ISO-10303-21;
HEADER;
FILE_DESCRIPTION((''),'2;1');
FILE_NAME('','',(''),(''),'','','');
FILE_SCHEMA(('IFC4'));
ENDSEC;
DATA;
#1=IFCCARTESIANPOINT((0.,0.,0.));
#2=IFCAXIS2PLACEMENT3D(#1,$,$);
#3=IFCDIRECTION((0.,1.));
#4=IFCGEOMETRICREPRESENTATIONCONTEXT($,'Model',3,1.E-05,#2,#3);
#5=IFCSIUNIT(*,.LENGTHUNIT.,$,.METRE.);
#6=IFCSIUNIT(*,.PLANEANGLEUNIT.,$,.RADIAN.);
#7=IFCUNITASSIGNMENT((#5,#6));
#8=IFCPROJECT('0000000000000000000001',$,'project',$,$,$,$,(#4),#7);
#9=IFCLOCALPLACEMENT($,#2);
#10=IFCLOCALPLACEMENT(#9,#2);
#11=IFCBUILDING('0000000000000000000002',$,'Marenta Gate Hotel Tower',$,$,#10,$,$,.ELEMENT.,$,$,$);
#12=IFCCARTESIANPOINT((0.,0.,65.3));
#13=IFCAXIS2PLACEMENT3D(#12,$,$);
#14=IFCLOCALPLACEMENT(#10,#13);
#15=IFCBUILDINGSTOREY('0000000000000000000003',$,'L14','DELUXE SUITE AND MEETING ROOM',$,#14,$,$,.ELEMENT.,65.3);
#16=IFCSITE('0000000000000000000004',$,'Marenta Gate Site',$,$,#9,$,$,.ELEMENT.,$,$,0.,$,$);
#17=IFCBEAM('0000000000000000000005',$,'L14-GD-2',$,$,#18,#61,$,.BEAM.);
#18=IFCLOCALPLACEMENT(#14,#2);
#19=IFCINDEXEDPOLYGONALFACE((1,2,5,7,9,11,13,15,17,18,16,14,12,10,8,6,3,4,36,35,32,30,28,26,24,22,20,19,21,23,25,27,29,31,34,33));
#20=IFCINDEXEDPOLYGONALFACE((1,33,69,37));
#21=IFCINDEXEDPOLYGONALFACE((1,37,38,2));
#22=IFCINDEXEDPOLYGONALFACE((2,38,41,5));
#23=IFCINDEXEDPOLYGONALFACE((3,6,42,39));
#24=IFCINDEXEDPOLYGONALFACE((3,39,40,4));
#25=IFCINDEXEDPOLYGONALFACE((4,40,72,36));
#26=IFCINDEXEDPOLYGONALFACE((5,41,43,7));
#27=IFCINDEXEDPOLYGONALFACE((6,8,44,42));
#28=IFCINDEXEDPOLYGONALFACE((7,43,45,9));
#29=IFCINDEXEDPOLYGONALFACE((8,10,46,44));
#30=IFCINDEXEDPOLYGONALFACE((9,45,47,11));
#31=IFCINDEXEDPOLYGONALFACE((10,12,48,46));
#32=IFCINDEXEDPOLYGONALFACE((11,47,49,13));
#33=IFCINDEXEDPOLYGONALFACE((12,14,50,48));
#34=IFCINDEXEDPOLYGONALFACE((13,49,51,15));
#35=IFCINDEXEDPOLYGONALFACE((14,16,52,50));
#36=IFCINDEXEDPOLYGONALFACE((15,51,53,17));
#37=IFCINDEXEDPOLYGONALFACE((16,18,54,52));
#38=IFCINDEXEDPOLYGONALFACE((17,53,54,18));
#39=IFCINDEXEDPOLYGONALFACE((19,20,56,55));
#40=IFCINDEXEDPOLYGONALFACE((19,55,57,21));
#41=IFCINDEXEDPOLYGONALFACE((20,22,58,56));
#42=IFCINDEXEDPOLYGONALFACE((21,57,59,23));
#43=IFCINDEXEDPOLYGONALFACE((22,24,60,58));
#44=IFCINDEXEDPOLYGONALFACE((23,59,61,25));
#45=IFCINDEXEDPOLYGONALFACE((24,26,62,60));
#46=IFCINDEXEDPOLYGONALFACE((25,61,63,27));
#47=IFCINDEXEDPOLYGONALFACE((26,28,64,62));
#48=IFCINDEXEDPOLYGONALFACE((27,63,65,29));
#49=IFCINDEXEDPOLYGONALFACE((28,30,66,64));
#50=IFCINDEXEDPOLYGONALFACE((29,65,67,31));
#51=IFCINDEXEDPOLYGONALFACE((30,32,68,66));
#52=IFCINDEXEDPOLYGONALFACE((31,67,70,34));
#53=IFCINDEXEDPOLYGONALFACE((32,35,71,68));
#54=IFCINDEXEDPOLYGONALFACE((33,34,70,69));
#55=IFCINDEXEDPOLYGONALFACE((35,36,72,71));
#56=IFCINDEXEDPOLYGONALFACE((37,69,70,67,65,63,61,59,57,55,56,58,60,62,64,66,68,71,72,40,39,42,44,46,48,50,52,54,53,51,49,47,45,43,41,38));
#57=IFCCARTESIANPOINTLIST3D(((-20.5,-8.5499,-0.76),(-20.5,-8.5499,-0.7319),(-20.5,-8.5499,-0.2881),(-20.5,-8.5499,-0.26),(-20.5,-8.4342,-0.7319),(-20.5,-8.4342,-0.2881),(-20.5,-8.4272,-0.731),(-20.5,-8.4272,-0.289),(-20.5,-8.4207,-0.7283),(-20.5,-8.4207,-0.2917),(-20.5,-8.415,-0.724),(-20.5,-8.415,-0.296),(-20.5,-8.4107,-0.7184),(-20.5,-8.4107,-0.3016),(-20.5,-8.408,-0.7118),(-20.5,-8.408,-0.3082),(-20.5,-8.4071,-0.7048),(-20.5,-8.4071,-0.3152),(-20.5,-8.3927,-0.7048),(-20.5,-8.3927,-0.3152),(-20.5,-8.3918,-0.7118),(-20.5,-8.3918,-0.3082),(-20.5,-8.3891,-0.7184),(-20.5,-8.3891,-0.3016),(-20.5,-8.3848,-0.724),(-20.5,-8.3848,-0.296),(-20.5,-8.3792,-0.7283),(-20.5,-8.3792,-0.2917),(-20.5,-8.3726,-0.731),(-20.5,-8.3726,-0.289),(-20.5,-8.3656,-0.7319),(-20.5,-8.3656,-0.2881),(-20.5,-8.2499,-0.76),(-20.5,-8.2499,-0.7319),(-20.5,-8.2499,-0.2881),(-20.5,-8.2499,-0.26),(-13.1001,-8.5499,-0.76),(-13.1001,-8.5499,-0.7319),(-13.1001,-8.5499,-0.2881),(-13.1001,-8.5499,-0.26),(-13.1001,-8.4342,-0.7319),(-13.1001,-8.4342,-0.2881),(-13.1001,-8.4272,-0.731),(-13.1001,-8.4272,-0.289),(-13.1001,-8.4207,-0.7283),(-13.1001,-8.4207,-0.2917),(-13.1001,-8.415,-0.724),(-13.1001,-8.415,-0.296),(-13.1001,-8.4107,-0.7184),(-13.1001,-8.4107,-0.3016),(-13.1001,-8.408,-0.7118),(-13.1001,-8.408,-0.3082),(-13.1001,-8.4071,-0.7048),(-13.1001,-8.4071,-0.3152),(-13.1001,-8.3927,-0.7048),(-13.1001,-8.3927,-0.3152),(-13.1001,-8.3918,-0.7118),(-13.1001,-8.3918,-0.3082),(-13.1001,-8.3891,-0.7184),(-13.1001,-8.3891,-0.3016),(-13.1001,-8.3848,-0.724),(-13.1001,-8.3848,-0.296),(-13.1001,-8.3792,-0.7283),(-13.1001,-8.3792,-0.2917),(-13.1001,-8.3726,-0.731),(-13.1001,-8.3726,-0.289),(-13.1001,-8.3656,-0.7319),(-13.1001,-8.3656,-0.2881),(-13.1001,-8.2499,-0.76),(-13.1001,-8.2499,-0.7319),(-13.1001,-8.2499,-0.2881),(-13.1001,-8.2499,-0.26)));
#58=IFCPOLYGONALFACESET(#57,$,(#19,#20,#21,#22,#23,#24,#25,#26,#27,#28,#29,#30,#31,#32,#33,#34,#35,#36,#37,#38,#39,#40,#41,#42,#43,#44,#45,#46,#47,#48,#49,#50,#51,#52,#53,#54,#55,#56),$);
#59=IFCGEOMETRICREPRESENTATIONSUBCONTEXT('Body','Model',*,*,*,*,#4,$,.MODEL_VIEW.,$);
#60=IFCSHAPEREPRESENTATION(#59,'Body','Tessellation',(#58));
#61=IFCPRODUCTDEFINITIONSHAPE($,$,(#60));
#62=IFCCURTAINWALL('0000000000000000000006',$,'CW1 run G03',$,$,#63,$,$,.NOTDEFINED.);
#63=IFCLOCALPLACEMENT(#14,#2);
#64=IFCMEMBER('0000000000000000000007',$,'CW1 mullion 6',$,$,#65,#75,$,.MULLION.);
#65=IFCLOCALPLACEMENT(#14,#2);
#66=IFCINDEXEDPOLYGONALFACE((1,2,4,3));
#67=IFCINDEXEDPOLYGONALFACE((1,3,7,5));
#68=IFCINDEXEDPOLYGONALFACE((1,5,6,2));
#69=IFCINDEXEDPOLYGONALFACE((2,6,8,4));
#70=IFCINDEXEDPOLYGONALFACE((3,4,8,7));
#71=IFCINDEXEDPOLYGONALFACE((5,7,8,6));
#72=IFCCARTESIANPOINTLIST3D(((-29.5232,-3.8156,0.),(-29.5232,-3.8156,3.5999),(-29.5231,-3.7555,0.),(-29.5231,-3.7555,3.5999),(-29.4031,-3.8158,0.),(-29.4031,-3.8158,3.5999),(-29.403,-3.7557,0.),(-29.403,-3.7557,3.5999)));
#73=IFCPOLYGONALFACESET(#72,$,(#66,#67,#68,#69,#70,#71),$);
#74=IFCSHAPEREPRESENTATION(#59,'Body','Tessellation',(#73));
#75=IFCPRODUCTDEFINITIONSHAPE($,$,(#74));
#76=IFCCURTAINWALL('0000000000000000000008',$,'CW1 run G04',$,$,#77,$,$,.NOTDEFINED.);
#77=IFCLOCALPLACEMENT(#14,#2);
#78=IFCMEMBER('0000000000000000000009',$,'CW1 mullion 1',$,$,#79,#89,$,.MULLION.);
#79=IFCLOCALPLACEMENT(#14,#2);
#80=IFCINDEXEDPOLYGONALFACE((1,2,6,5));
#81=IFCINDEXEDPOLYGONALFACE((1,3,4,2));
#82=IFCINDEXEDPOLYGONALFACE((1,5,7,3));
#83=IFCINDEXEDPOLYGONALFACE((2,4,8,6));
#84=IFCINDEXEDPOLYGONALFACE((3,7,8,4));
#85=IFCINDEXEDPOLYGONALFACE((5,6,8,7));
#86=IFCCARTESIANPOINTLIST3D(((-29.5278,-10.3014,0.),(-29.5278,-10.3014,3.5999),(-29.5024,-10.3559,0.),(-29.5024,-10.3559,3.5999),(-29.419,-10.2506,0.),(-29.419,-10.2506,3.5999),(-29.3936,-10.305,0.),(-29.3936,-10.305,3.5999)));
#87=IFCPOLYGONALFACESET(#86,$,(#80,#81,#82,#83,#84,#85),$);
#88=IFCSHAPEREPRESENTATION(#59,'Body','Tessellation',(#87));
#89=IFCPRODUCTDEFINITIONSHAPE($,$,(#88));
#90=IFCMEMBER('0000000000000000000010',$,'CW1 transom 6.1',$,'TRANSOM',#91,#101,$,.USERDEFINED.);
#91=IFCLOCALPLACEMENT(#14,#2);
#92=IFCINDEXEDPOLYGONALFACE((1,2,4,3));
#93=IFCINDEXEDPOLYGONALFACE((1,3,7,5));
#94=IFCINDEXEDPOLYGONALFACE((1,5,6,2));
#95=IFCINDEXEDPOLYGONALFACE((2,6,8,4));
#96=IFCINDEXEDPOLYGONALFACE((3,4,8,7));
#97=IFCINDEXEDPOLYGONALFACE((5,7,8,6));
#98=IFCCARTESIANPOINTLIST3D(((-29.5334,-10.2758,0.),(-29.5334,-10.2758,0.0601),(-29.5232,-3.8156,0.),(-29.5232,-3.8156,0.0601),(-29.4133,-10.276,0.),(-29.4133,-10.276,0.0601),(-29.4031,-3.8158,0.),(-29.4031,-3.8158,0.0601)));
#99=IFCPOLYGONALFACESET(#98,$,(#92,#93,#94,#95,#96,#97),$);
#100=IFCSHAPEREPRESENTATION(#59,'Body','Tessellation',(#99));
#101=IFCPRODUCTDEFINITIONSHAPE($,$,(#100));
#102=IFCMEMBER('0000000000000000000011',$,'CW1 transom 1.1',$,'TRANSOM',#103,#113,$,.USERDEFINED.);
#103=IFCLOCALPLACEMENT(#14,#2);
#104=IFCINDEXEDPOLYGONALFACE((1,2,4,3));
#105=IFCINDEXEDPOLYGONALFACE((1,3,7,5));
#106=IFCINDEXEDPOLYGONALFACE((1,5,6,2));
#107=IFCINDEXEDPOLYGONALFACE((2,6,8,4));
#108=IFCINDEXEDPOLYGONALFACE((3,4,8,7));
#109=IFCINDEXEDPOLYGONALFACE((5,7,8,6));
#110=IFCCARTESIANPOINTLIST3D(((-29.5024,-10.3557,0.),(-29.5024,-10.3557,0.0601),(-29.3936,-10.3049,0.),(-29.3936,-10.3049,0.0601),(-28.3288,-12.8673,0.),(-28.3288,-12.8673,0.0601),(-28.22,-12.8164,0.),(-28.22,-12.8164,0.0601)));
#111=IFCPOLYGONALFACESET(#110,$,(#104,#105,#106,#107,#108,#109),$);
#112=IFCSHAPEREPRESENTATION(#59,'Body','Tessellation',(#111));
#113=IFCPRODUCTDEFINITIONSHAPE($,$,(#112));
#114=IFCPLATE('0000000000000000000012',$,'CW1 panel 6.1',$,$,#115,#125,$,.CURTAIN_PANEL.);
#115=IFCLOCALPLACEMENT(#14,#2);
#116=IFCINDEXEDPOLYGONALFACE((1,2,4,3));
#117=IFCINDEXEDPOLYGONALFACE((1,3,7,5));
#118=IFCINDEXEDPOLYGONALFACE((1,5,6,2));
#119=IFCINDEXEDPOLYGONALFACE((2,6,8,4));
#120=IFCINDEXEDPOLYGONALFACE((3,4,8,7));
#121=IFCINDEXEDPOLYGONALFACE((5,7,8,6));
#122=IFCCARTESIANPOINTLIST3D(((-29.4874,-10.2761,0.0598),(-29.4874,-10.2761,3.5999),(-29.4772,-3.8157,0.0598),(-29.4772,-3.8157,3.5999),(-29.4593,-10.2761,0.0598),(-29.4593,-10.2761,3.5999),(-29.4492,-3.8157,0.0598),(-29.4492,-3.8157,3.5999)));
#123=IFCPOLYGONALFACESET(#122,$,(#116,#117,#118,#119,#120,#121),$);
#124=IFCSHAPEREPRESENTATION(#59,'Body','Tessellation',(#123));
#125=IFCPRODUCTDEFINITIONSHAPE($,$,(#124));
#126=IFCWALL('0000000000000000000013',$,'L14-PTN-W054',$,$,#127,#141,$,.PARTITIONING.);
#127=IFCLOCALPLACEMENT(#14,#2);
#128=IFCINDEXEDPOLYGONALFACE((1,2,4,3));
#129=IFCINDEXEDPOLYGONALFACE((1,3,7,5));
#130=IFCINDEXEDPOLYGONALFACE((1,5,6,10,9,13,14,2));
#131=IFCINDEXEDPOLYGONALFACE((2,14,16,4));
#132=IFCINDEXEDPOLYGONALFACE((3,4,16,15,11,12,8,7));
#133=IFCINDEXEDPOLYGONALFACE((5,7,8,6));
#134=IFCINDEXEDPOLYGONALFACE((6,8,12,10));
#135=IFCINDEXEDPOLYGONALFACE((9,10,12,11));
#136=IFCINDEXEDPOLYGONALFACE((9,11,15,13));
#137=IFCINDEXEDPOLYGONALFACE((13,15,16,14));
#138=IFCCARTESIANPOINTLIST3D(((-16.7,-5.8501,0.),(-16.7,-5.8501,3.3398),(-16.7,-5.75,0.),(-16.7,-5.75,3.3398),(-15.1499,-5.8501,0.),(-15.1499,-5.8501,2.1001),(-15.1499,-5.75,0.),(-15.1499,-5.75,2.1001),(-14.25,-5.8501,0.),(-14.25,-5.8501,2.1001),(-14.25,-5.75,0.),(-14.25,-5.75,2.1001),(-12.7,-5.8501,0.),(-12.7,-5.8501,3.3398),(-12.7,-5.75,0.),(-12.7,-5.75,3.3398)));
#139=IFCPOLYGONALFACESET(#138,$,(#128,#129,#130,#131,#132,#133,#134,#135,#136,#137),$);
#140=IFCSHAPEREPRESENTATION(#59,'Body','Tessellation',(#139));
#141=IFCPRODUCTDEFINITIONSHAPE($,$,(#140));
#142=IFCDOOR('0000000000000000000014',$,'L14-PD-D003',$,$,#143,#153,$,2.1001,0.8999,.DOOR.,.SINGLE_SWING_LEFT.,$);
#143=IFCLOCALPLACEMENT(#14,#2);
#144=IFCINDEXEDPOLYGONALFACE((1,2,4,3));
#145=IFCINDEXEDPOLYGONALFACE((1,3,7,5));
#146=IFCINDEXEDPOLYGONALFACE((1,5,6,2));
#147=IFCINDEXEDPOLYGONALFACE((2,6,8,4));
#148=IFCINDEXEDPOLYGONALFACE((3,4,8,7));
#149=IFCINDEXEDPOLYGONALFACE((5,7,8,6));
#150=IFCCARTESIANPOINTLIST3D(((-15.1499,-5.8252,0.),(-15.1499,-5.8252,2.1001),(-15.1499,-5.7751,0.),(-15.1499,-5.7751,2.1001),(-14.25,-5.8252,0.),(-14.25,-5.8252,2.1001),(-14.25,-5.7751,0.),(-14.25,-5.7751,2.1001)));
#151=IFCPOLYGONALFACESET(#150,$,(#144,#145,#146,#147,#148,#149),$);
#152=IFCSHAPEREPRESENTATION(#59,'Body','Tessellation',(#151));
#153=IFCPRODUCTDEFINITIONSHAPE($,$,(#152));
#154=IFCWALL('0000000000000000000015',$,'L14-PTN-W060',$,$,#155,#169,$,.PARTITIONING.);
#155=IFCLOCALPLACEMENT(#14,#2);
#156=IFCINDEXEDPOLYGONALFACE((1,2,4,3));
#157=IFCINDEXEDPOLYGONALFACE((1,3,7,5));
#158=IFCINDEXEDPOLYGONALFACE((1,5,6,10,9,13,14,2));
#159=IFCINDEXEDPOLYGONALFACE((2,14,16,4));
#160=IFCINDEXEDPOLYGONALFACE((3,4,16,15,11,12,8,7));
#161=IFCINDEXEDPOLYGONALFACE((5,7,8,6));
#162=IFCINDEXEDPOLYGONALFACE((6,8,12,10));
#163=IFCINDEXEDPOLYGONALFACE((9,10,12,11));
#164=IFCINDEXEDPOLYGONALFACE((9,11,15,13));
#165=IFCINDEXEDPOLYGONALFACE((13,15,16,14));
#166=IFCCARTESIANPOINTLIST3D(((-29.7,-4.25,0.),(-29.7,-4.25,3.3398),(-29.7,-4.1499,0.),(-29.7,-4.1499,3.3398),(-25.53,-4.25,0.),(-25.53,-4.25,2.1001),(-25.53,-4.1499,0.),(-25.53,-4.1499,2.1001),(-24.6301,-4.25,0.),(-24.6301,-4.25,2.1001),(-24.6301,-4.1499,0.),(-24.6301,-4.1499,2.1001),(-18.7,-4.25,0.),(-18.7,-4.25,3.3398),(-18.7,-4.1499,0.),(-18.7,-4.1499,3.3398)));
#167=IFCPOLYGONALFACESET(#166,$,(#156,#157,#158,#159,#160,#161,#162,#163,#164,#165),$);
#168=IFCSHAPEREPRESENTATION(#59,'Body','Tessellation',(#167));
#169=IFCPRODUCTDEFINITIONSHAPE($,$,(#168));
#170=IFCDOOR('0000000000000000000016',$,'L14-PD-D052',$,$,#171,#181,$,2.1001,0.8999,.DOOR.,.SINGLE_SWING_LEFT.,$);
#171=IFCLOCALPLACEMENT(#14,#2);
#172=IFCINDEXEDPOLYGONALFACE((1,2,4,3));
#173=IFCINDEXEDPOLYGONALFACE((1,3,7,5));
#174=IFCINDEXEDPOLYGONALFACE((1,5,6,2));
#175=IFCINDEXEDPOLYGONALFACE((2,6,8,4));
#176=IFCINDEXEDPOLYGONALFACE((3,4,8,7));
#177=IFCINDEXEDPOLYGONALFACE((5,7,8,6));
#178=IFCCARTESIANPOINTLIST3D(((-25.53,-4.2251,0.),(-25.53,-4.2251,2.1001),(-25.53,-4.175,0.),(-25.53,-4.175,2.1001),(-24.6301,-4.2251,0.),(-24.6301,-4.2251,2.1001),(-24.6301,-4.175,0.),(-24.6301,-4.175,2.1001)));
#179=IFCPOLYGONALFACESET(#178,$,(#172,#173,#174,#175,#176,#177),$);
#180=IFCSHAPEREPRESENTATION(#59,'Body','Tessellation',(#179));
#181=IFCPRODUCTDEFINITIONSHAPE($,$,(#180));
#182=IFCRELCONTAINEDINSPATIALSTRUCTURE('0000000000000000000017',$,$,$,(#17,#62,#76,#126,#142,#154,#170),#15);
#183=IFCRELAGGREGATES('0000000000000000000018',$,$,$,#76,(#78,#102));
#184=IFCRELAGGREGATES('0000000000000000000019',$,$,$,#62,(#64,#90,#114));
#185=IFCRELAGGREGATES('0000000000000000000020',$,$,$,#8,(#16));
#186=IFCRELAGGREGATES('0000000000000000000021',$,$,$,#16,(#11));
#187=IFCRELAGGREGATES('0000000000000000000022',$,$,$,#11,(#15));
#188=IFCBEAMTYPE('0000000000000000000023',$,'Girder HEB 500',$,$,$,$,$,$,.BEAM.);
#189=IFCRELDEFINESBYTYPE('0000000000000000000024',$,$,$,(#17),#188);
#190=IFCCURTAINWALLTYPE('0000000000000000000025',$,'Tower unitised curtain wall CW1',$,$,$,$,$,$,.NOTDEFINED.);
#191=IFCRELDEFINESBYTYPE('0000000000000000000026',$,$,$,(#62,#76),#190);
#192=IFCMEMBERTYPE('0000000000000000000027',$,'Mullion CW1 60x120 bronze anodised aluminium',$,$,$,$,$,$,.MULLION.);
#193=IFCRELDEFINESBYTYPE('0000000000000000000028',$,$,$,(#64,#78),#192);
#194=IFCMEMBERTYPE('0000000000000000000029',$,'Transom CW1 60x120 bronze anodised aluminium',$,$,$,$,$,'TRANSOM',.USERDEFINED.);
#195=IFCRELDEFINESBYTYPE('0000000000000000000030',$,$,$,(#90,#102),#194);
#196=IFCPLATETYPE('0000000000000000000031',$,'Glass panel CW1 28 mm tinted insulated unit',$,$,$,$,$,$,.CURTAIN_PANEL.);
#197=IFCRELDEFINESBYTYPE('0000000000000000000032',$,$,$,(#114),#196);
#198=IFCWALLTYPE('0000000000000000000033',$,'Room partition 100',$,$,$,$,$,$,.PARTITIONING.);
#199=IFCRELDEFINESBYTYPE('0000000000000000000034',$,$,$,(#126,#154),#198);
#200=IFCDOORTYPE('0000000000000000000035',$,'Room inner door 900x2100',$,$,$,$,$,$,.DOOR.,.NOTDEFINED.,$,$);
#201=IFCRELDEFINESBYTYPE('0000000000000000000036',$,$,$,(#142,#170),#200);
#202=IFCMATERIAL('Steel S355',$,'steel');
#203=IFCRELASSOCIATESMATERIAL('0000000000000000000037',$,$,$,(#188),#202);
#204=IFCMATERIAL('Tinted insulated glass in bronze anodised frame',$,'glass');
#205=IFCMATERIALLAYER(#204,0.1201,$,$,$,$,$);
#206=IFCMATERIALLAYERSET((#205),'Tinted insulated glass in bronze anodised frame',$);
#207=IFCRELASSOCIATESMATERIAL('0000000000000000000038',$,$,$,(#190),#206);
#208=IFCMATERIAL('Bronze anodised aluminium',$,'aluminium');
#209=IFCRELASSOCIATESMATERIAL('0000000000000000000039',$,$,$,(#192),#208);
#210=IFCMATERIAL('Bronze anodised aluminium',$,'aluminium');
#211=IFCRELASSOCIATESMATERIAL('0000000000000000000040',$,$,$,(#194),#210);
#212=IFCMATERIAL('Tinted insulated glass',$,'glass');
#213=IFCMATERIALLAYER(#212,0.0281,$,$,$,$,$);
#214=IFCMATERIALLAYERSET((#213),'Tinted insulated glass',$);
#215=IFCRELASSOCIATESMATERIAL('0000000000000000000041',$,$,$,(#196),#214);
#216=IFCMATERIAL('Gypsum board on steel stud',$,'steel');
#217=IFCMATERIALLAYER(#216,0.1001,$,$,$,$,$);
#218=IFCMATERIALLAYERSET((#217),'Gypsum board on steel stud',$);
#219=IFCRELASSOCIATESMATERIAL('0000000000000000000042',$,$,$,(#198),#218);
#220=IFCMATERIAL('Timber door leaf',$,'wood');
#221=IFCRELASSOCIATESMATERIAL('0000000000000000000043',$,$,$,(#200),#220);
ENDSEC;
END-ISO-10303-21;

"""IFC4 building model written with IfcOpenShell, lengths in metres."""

from ifc_helpers import new_model, si_unit, direction, frame, frame_2d, origin, origin_2d, place, context, subcontext, project, spatial, rectangle, i_section, extrude, material, layer, layer_set, material_profile, profile_set, type_object, element, fill, aggregate, save


model = new_model("IFC4")

# Units and contexts
model_context = context("Model", 3, precision=1e-05, world=origin(), true_north=direction((0.0, 1.0)))
body_context = subcontext(model_context, "Body", "Model", "MODEL_VIEW")
ifc_project = project(units=[si_unit("LENGTHUNIT", "METRE"), si_unit("PLANEANGLEUNIT", "RADIAN")], contexts=[model_context])

# Site, building, storey
site_placement = place(None, origin())
site = spatial("IfcSite", under=ifc_project, at=site_placement, Name="Marenta Gate Site", CompositionType="ELEMENT", RefElevation=0.0)
building_placement = place(site_placement, origin())
building = spatial("IfcBuilding", under=site, at=building_placement, Name="Marenta Gate Hotel Tower", CompositionType="ELEMENT")
storey_placement = place(building_placement, frame((0.0, 0.0, 65.3)))
storey = spatial("IfcBuildingStorey", under=building, at=storey_placement, Name="L14", Description="DELUXE SUITE AND MEETING ROOM", CompositionType="ELEMENT", Elevation=65.3)

# Beam
ifc_material_1 = material(Name="Steel S355", Category="steel")
ifc_material_profile_1 = material_profile(ifc_material_1, i_section(OverallWidth=0.3, OverallDepth=0.5, WebThickness=0.0144, FlangeThickness=0.0281, FilletRadius=0.0271, at=origin_2d()), Name="HEB 500")
ifc_profile_set_1 = profile_set([ifc_material_profile_1], Name="Steel S355")
beam_type_1 = type_object("IfcBeamType", Name="Girder HEB 500", PredefinedType="BEAM", material=ifc_profile_set_1)
beam_1_placement = place(storey_placement, frame((-20.5, -8.3999, -0.51), z_axis=(1.0, 0.0, 0.0), x_axis=(0.0, 1.0, 0.0)))
element("IfcBeam", 1, at=beam_1_placement, inside=storey, type_object=beam_type_1, Name="L14-GD-2", PredefinedType="BEAM", context=body_context, shape_type="SweptSolid", body=[
    extrude(i_section(OverallWidth=0.3, OverallDepth=0.5, WebThickness=0.0144, FlangeThickness=0.0281, FilletRadius=0.0271, at=origin_2d()), origin(), (0.0, 0.0, 1.0), 7.3999),
])

# Curtain walls, members
ifc_material_2 = material(Name="Tinted insulated glass in bronze anodised frame", Category="glass")
ifc_layer_1 = layer(ifc_material_2, 0.1201)
ifc_layer_set_1 = layer_set([ifc_layer_1], Name="Tinted insulated glass in bronze anodised frame")
curtain_wall_type = type_object("IfcCurtainWallType", Name="Tower unitised curtain wall CW1", PredefinedType="NOTDEFINED", material=ifc_layer_set_1)
curtain_wall_1_placement = place(storey_placement, origin())
curtain_wall_1 = element("IfcCurtainWall", 2, at=curtain_wall_1_placement, inside=storey, type_object=curtain_wall_type, Name="CW1 run G03", PredefinedType="NOTDEFINED")
ifc_material_3 = material(Name="Bronze anodised aluminium", Category="aluminium")
ifc_material_profile_2 = material_profile(ifc_material_3, rectangle(XDim=0.1201, YDim=0.0601, at=origin_2d()), Name="Mullion CW1 60x120 bronze anodised aluminium")
ifc_profile_set_2 = profile_set([ifc_material_profile_2], Name="Bronze anodised aluminium")
member_type_1 = type_object("IfcMemberType", Name="Mullion CW1 60x120 bronze anodised aluminium", PredefinedType="MULLION", material=ifc_profile_set_2)
member_1_placement = place(storey_placement, frame((-29.4631, -3.7856, 0.0), z_axis=(0.0, 0.0, 1.0), x_axis=(0.999999, -0.001566, 0.0)))
member_1 = element("IfcMember", 3, at=member_1_placement, type_object=member_type_1, Name="CW1 mullion 6", PredefinedType="MULLION", context=body_context, shape_type="SweptSolid", body=[
    extrude(rectangle(XDim=0.1201, YDim=0.0601, at=origin_2d()), origin(), (0.0, 0.0, 1.0), 3.5999),
])
curtain_wall_2_placement = place(storey_placement, origin())
curtain_wall_2 = element("IfcCurtainWall", 4, at=curtain_wall_2_placement, inside=storey, type_object=curtain_wall_type, Name="CW1 run G04", PredefinedType="NOTDEFINED")
member_2_placement = place(storey_placement, frame((-29.4607, -10.3032, 0.0), z_axis=(0.0, 0.0, 1.0), x_axis=(0.90597, 0.423342, 0.0)))
member_2 = element("IfcMember", 5, at=member_2_placement, type_object=member_type_1, Name="CW1 mullion 1", PredefinedType="MULLION", context=body_context, shape_type="SweptSolid", body=[
    extrude(rectangle(XDim=0.1201, YDim=0.0601, at=origin_2d()), origin(), (0.0, 0.0, 1.0), 3.5999),
])

# Members
ifc_material_4 = material(Name="Bronze anodised aluminium", Category="aluminium")
ifc_material_profile_3 = material_profile(ifc_material_4, rectangle(XDim=0.1201, YDim=0.0601, at=origin_2d()), Name="Transom CW1 60x120 bronze anodised aluminium")
ifc_profile_set_3 = profile_set([ifc_material_profile_3], Name="Bronze anodised aluminium")
member_type_2 = type_object("IfcMemberType", Name="Transom CW1 60x120 bronze anodised aluminium", ElementType="TRANSOM", PredefinedType="USERDEFINED", material=ifc_profile_set_3)
member_3_placement = place(storey_placement, frame((-29.4631, -3.8157, 0.03), z_axis=(-0.001587, -0.999999, 0.0), x_axis=(0.999999, -0.001587, 0.0)))
member_3 = element("IfcMember", 6, at=member_3_placement, type_object=member_type_2, Name="CW1 transom 6.1", ObjectType="TRANSOM", PredefinedType="USERDEFINED", context=body_context, shape_type="SweptSolid", body=[
    extrude(rectangle(XDim=0.1201, YDim=0.0601, at=origin_2d()), origin(), (0.0, 0.0, 1.0), 6.4602),
])
member_4_placement = place(storey_placement, frame((-29.448, -10.3303, 0.03), z_axis=(0.423348, -0.905967, 0.0), x_axis=(0.905967, 0.423348, 0.0)))
member_4 = element("IfcMember", 7, at=member_4_placement, type_object=member_type_2, Name="CW1 transom 1.1", ObjectType="TRANSOM", PredefinedType="USERDEFINED", context=body_context, shape_type="SweptSolid", body=[
    extrude(rectangle(XDim=0.1201, YDim=0.0601, at=origin_2d()), origin(), (0.0, 0.0, 1.0), 2.7722),
])
aggregate(curtain_wall_2, [member_2, member_4])

# Plate
ifc_material_5 = material(Name="Tinted insulated glass", Category="glass")
ifc_layer_2 = layer(ifc_material_5, 0.0281)
ifc_layer_set_2 = layer_set([ifc_layer_2], Name="Tinted insulated glass")
plate_type = type_object("IfcPlateType", Name="Glass panel CW1 28 mm tinted insulated unit", PredefinedType="CURTAIN_PANEL", material=ifc_layer_set_2)
plate_placement = place(storey_placement, frame((-29.4683, -7.0459, 0.0598), z_axis=(0.0, 0.0, 1.0), x_axis=(-0.001566, -0.999999, 0.0)))
plate = element("IfcPlate", 8, at=plate_placement, type_object=plate_type, Name="CW1 panel 6.1", PredefinedType="CURTAIN_PANEL", context=body_context, shape_type="SweptSolid", body=[
    extrude(rectangle(XDim=6.4604, YDim=0.0281, at=origin_2d()), origin(), (0.0, 0.0, 1.0), 3.54),
])
aggregate(curtain_wall_1, [member_1, member_3, plate])

# Walls, openings, doors
ifc_material_6 = material(Name="Gypsum board on steel stud", Category="steel")
ifc_layer_3 = layer(ifc_material_6, 0.1001)
ifc_layer_set_3 = layer_set([ifc_layer_3], Name="Gypsum board on steel stud")
wall_type_1 = type_object("IfcWallType", Name="Room partition 100", PredefinedType="PARTITIONING", material=ifc_layer_set_3)
wall_1_placement = place(storey_placement, frame((-16.7, -5.8, 0.0), z_axis=(0.0, 0.0, 1.0), x_axis=(1.0, 0.0, 0.0)))
wall_1 = element("IfcWall", 9, at=wall_1_placement, inside=storey, type_object=wall_type_1, Name="L14-PTN-W054", PredefinedType="PARTITIONING", context=body_context, shape_type="SweptSolid", body=[
    extrude(rectangle(XDim=4.0, YDim=0.1001, at=frame_2d((2.0, 0.0))), origin(), (0.0, 0.0, 1.0), 3.3398),
])
opening_1_placement = place(wall_1_placement, frame((1.55, 0.0, 0.0)))
opening_1 = element("IfcOpeningElement", 10, at=opening_1_placement, cuts=wall_1, PredefinedType="OPENING", context=body_context, shape_type="SweptSolid", body=[
    extrude(rectangle(XDim=0.8999, YDim=2.1001, at=frame_2d((0.45, 1.05))), frame((0.0, 0.05, 0.0), z_axis=(0.0, -1.0, 0.0), x_axis=(1.0, 0.0, 0.0)), (0.0, 0.0, 1.0), 0.1001),
])
ifc_material_7 = material(Name="Timber door leaf", Category="wood")
door_type = type_object("IfcDoorType", Name="Room inner door 900x2100", OperationType="NOTDEFINED", PredefinedType="DOOR", material=ifc_material_7)
door_1_placement = place(opening_1_placement, origin())
door_1 = element("IfcDoor", 11, at=door_1_placement, inside=storey, type_object=door_type, Name="L14-PD-D003", OperationType="SINGLE_SWING_LEFT", OverallHeight=2.1001, OverallWidth=0.8999, PredefinedType="DOOR", context=body_context, shape_type="SweptSolid", body=[
    extrude(rectangle(XDim=0.8999, YDim=2.1001, at=frame_2d((0.45, 1.05))), frame((0.0, 0.0249, 0.0), z_axis=(0.0, -1.0, 0.0), x_axis=(1.0, 0.0, 0.0)), (0.0, 0.0, 1.0), 0.05),
])
fill(opening_1, door_1)
wall_2_placement = place(storey_placement, frame((-29.7, -4.2, 0.0), z_axis=(0.0, 0.0, 1.0), x_axis=(1.0, 0.0, 0.0)))
wall_2 = element("IfcWall", 12, at=wall_2_placement, inside=storey, type_object=wall_type_1, Name="L14-PTN-W060", PredefinedType="PARTITIONING", context=body_context, shape_type="SweptSolid", body=[
    extrude(rectangle(XDim=11.0, YDim=0.1001, at=frame_2d((5.5, 0.0))), origin(), (0.0, 0.0, 1.0), 3.3398),
])
opening_2_placement = place(wall_2_placement, frame((4.1699, 0.0, 0.0)))
opening_2 = element("IfcOpeningElement", 13, at=opening_2_placement, cuts=wall_2, PredefinedType="OPENING", context=body_context, shape_type="SweptSolid", body=[
    extrude(rectangle(XDim=0.8999, YDim=2.1001, at=frame_2d((0.45, 1.05))), frame((0.0, 0.05, 0.0), z_axis=(0.0, -1.0, 0.0), x_axis=(1.0, 0.0, 0.0)), (0.0, 0.0, 1.0), 0.1001),
])
door_2_placement = place(opening_2_placement, origin())
door_2 = element("IfcDoor", 14, at=door_2_placement, inside=storey, type_object=door_type, Name="L14-PD-D052", OperationType="SINGLE_SWING_LEFT", OverallHeight=2.1001, OverallWidth=0.8999, PredefinedType="DOOR", context=body_context, shape_type="SweptSolid", body=[
    extrude(rectangle(XDim=0.8999, YDim=2.1001, at=frame_2d((0.45, 1.05))), frame((0.0, 0.0249, 0.0), z_axis=(0.0, -1.0, 0.0), x_axis=(1.0, 0.0, 0.0)), (0.0, 0.0, 1.0), 0.05),
])
fill(opening_2, door_2)

save(model, "model.ifc")
